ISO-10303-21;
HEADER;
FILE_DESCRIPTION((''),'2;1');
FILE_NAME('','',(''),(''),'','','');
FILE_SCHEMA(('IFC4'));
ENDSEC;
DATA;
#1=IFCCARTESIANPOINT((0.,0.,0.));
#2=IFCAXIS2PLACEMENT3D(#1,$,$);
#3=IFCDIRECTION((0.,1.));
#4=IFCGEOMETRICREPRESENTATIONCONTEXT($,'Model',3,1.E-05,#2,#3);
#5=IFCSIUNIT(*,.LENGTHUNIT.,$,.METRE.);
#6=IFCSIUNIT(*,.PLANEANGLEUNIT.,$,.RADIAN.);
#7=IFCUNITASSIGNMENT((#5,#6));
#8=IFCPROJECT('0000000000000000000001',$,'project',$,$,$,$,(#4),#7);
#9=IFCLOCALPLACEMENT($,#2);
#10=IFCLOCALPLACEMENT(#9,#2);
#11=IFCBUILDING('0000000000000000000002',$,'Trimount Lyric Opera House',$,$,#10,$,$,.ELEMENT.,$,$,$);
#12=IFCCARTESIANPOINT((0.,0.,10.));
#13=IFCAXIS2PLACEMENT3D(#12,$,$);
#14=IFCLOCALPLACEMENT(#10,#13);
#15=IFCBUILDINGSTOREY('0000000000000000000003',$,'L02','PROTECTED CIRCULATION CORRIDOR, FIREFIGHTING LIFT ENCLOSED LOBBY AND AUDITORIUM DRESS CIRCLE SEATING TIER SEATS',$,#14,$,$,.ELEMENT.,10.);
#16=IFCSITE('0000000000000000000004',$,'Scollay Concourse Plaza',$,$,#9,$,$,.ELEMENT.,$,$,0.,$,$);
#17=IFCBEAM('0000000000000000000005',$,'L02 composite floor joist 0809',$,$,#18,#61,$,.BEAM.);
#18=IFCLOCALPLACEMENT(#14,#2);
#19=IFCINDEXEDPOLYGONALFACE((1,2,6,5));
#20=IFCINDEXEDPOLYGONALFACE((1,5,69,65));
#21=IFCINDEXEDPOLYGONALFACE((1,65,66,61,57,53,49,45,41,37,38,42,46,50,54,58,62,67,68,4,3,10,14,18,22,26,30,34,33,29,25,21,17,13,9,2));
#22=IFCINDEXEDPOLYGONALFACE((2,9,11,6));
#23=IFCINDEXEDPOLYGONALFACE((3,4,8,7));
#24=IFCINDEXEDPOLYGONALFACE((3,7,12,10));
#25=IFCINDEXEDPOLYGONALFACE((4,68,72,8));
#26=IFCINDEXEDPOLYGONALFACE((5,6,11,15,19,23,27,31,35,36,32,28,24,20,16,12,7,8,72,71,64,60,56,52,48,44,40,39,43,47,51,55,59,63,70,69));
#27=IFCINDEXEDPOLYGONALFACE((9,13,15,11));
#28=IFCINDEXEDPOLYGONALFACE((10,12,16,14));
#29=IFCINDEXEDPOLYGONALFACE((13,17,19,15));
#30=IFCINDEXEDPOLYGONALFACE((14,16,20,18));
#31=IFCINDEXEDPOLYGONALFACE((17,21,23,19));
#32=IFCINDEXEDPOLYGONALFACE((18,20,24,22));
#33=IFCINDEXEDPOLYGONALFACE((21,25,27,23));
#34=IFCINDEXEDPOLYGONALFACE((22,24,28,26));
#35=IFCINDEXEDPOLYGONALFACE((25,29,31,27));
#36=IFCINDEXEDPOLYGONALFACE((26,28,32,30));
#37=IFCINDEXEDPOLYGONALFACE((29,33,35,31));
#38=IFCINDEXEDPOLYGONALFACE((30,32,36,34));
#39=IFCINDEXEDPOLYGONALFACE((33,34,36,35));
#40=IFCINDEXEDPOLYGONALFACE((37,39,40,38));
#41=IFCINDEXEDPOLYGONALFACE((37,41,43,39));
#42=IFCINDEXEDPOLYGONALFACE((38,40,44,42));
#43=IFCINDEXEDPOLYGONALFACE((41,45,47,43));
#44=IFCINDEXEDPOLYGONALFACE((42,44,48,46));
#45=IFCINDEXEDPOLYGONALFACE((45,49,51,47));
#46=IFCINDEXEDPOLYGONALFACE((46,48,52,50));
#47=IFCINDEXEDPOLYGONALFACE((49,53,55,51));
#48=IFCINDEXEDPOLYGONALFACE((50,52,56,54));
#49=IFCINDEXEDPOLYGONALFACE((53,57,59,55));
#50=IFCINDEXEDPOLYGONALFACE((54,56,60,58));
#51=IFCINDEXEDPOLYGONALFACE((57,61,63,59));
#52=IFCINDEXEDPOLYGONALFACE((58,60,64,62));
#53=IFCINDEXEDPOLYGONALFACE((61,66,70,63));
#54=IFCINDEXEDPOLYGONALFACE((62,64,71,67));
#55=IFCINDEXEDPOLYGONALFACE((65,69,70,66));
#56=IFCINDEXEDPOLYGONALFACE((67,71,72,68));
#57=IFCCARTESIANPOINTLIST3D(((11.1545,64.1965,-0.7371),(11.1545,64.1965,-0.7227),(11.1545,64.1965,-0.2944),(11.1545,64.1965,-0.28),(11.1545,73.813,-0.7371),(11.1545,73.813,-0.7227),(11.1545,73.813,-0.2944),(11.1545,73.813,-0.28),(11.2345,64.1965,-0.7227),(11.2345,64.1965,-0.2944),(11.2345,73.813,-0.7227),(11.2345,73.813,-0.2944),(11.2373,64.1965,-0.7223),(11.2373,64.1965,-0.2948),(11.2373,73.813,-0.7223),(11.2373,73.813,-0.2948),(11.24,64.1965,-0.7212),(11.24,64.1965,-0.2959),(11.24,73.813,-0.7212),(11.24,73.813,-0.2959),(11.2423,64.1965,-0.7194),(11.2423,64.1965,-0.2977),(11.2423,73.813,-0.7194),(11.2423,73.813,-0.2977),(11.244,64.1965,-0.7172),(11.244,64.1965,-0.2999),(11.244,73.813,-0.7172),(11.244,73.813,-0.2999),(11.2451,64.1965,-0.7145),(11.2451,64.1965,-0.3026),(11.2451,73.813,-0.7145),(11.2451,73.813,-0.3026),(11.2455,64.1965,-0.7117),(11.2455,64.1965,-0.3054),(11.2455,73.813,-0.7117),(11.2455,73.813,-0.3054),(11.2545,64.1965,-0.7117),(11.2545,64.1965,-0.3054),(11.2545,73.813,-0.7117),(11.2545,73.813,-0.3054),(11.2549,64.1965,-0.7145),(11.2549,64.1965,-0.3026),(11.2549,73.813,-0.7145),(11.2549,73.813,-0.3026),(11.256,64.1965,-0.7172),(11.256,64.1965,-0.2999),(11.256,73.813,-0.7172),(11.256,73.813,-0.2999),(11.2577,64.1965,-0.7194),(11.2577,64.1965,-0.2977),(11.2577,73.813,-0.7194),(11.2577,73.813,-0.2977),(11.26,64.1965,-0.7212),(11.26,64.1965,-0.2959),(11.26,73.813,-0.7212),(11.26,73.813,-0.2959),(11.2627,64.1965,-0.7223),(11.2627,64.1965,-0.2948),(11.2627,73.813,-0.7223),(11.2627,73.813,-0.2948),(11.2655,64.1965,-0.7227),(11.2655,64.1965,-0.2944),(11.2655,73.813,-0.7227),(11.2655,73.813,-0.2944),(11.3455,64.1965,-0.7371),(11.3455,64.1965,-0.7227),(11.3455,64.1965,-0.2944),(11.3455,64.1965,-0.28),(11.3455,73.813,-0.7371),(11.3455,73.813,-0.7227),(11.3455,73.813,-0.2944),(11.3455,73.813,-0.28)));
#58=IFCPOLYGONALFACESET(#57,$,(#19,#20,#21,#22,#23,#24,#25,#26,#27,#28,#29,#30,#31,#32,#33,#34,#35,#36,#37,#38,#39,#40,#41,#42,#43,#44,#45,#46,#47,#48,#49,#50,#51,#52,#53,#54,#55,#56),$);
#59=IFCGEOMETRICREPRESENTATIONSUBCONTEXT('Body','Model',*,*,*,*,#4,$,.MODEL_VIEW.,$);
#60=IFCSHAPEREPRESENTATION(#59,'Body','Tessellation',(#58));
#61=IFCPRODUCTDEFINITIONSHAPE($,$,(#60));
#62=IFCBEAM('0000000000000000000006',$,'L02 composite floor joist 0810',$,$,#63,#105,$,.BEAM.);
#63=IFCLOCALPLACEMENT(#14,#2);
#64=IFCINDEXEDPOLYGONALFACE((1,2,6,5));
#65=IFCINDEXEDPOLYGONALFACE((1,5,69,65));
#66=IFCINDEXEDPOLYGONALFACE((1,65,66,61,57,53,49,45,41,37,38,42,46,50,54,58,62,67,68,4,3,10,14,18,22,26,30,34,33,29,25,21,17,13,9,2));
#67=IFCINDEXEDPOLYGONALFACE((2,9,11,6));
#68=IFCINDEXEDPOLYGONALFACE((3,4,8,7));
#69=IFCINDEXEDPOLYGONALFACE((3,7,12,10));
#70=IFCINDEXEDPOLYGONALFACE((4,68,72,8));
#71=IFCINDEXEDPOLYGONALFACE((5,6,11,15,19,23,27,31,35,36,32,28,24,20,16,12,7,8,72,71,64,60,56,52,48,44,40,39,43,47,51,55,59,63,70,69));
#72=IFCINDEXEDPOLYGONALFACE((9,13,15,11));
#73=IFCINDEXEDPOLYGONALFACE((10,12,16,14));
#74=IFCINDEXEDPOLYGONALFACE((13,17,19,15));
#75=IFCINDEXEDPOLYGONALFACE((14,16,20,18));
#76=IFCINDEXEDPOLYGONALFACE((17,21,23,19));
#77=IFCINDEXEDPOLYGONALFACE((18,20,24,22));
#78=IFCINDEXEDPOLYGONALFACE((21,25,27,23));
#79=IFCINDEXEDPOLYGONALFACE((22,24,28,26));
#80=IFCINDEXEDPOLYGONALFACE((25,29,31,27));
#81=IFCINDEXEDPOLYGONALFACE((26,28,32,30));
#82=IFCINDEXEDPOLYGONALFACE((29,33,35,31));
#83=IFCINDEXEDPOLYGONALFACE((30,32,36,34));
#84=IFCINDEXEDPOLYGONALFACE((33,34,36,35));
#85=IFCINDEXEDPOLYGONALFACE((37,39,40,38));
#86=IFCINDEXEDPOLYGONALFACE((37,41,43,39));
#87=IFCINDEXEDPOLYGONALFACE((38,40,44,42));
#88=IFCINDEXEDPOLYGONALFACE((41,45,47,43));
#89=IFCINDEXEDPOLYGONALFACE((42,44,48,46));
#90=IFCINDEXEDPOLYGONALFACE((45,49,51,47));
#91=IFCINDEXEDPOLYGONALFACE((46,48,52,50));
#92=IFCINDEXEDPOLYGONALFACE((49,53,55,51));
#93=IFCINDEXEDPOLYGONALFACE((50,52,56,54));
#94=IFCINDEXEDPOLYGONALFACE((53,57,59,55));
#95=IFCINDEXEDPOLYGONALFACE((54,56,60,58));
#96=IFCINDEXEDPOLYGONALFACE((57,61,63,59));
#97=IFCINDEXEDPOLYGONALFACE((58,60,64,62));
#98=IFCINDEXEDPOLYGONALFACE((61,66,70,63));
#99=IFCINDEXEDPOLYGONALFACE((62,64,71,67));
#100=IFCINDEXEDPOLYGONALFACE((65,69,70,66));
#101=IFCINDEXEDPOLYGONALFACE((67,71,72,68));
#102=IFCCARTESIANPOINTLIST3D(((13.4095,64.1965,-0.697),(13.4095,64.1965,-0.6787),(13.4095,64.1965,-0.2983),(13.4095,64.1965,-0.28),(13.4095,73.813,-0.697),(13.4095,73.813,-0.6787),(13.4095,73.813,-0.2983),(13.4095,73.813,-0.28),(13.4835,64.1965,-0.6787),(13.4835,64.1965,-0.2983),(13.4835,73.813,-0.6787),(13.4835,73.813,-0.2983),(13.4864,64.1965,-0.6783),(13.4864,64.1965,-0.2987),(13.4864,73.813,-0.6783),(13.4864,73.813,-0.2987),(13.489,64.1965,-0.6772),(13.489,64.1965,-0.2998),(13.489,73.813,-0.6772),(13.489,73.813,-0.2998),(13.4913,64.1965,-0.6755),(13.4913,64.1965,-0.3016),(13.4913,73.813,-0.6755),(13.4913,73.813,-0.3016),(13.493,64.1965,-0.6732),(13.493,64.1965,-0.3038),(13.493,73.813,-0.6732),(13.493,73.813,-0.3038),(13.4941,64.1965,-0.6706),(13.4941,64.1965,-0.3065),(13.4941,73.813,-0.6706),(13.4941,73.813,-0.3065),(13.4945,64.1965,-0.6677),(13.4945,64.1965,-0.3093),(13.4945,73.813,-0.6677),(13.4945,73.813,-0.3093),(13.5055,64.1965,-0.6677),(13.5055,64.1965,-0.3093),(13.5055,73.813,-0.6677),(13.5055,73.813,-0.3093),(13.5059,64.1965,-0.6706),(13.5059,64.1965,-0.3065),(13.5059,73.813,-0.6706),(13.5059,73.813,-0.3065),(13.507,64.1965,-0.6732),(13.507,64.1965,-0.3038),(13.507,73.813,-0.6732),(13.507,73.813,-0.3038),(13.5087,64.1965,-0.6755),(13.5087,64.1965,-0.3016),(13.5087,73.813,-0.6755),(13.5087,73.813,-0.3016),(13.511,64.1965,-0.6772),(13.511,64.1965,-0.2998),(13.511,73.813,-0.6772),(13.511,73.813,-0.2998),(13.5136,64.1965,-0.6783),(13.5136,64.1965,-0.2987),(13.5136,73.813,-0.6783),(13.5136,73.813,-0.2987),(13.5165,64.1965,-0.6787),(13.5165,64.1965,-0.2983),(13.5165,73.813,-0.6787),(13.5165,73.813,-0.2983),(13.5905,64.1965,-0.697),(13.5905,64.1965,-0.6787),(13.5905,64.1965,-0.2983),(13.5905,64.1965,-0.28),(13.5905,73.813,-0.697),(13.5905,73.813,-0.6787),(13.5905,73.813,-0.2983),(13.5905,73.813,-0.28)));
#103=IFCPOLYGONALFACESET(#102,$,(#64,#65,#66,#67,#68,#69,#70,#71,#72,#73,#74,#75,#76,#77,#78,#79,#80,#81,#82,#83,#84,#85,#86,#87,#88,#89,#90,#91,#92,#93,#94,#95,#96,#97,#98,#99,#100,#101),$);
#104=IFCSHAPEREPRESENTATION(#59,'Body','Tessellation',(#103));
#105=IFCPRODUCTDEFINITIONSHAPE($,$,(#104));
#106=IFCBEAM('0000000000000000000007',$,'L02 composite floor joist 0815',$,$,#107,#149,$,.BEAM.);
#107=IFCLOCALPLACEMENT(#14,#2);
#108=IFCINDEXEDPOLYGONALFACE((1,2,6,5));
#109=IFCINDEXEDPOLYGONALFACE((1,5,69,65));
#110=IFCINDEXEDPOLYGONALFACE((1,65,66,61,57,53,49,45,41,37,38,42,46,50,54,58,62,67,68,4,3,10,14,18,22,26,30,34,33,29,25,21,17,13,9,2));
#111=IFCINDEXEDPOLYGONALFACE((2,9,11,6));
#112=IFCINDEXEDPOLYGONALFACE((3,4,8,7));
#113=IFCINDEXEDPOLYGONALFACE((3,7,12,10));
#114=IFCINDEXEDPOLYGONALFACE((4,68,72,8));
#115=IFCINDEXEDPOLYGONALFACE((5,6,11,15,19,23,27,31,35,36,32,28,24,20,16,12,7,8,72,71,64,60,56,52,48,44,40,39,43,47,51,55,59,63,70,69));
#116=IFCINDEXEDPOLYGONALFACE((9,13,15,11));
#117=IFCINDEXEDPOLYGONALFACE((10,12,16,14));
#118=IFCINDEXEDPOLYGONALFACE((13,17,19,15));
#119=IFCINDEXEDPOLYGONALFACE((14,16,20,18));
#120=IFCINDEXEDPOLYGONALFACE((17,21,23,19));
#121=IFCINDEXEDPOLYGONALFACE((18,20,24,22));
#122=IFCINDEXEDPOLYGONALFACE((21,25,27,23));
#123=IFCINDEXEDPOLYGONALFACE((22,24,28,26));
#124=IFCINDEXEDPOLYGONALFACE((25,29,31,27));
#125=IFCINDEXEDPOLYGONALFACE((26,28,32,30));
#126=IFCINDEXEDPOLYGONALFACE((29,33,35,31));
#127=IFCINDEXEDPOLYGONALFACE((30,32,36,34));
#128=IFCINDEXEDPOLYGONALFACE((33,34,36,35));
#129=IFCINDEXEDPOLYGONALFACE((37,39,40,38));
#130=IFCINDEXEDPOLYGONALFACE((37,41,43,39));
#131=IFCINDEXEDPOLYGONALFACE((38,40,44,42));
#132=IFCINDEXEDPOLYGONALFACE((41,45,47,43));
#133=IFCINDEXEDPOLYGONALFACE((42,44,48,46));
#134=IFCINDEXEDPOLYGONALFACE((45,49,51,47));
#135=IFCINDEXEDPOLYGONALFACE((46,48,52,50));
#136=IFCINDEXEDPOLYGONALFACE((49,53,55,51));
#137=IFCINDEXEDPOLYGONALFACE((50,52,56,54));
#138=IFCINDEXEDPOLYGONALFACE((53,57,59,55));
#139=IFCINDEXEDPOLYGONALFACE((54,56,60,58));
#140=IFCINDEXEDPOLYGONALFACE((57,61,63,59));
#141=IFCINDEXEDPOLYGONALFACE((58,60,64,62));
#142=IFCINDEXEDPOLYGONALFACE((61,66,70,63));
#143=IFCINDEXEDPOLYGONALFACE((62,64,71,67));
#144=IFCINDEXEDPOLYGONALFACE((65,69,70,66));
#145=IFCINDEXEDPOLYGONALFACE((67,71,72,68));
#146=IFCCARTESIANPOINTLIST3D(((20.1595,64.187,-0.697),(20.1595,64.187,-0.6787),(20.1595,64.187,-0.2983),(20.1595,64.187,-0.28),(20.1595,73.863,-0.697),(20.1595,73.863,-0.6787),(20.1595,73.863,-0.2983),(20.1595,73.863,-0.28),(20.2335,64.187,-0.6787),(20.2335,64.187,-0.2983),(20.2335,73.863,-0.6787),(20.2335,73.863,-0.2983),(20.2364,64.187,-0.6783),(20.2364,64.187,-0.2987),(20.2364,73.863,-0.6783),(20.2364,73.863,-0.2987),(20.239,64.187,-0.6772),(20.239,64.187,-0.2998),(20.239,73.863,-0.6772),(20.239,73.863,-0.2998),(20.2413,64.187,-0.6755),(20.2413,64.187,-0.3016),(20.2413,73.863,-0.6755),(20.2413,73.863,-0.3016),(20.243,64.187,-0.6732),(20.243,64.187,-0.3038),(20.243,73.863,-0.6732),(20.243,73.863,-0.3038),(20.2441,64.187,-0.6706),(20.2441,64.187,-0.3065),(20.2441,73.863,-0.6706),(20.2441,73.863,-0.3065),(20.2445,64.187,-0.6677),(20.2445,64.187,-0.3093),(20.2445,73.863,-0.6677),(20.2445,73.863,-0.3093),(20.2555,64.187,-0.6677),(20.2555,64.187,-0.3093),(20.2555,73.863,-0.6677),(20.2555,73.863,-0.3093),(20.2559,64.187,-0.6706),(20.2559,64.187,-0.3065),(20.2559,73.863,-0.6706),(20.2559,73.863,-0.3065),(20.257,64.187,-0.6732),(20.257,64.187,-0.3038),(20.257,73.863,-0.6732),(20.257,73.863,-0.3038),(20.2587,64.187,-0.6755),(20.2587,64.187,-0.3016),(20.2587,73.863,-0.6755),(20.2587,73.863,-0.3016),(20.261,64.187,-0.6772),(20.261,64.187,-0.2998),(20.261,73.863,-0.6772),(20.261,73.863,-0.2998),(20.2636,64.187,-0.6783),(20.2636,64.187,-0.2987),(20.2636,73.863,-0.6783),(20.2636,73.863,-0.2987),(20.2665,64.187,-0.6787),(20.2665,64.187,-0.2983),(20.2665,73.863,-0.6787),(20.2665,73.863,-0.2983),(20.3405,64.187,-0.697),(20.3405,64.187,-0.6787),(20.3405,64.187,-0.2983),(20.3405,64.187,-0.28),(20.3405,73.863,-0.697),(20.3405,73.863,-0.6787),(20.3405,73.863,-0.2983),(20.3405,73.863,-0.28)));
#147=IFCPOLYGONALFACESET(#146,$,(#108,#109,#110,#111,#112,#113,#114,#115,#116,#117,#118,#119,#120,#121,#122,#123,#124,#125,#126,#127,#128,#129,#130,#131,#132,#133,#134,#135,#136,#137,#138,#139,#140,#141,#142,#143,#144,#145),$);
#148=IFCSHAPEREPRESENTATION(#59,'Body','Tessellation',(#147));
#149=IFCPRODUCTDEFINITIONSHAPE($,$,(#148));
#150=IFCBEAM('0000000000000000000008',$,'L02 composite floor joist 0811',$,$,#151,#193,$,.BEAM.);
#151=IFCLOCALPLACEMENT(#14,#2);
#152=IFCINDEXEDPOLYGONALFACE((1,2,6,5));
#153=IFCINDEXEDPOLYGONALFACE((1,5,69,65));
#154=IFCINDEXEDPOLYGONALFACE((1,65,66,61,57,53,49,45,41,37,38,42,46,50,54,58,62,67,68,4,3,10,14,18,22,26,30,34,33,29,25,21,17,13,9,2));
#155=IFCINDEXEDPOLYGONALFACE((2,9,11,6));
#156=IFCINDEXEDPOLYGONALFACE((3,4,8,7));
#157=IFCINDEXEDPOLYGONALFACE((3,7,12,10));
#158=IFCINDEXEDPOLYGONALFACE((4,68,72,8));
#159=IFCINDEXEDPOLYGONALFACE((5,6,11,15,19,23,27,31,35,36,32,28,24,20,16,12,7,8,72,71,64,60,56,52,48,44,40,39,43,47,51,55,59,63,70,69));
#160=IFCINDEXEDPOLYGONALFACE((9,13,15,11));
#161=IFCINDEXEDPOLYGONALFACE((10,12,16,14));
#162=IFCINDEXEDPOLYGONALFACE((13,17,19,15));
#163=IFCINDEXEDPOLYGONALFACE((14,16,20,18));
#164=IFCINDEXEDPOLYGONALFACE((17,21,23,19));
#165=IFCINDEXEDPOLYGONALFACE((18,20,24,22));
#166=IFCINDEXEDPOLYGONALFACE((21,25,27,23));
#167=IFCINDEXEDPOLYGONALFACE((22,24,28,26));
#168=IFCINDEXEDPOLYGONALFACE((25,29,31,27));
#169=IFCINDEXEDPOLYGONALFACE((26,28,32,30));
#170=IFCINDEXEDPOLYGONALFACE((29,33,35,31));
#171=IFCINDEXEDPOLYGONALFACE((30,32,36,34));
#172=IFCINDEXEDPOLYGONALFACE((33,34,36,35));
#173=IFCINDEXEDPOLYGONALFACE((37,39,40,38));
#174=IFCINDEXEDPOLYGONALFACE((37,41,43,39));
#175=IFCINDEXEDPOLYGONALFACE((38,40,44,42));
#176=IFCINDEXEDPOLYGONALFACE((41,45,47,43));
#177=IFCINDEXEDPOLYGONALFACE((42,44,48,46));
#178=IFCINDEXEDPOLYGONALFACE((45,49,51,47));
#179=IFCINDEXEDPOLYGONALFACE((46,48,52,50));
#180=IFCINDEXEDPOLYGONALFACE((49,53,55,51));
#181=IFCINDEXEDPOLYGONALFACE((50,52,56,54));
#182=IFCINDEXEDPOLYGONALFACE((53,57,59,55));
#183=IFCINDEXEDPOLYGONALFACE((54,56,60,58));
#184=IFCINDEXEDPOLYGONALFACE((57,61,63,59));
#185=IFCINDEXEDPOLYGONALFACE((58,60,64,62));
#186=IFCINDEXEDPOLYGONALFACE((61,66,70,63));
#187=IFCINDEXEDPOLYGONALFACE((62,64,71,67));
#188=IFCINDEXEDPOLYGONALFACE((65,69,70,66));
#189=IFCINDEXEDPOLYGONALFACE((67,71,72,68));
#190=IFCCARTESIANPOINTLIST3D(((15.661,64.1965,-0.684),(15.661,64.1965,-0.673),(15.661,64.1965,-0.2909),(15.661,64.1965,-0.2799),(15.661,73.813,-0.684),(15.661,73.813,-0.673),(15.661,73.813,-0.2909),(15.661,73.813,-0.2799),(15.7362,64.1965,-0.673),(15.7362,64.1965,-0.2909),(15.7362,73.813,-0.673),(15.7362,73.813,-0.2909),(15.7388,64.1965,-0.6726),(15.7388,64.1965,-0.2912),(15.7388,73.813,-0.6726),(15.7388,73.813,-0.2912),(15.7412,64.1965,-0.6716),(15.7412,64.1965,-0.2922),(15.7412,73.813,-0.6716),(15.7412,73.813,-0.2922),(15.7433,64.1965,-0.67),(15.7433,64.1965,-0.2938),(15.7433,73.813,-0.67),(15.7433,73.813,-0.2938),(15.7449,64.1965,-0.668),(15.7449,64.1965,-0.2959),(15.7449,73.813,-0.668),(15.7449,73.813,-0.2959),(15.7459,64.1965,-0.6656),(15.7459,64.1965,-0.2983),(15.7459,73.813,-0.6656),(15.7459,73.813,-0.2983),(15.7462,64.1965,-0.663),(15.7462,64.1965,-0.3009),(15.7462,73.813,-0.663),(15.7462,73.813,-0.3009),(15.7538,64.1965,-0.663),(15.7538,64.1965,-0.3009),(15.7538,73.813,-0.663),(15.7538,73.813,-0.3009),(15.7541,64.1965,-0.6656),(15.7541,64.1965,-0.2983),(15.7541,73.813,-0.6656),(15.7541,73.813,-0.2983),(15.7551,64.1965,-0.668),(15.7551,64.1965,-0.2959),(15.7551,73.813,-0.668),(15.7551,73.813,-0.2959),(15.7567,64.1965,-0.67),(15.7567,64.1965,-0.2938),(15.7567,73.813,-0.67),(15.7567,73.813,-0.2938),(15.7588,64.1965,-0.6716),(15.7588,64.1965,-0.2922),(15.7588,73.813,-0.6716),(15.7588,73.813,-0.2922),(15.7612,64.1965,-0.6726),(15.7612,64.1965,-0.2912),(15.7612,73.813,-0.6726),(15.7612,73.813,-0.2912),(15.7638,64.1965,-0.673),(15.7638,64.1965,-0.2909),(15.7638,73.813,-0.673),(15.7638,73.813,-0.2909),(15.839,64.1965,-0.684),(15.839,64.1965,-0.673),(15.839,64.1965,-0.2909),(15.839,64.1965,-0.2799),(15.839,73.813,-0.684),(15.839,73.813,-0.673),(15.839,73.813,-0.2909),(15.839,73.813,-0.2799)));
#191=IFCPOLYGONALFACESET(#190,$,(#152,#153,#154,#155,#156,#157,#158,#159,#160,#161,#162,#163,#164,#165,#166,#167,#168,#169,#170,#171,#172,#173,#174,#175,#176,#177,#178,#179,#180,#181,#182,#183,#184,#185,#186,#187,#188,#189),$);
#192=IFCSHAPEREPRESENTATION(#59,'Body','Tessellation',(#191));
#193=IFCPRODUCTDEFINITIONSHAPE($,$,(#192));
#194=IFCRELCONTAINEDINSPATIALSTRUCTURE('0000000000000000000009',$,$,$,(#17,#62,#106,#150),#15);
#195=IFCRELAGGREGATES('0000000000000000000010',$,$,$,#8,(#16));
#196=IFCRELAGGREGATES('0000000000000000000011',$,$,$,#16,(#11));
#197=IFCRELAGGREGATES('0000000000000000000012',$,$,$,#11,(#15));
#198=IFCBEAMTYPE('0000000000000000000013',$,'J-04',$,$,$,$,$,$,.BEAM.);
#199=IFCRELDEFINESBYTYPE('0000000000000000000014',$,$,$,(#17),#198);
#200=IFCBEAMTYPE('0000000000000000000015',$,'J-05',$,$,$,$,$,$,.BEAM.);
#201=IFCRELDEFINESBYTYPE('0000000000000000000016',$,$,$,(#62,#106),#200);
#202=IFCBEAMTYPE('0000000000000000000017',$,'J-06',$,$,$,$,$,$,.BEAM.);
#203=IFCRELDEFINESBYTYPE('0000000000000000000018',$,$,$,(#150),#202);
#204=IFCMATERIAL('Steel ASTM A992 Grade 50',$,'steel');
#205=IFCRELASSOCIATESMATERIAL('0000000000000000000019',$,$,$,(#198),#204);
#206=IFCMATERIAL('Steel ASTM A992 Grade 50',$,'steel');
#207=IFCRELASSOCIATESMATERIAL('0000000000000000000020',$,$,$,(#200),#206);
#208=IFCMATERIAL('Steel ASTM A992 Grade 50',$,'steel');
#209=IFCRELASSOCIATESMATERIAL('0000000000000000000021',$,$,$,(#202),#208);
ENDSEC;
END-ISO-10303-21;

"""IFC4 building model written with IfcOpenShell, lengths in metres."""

from ifc_helpers import new_model, si_unit, direction, frame, origin, origin_2d, place, context, subcontext, project, spatial, i_section, extrude, material, material_profile, profile_set, type_object, element, save


model = new_model("IFC4")

# Units and contexts
model_context = context("Model", 3, precision=1e-05, world=origin(), true_north=direction((0.0, 1.0)))
body_context = subcontext(model_context, "Body", "Model", "MODEL_VIEW")
ifc_project = project(units=[si_unit("LENGTHUNIT", "METRE"), si_unit("PLANEANGLEUNIT", "RADIAN")], contexts=[model_context])

# Site, building, storey
site_placement = place(None, origin())
site = spatial("IfcSite", under=ifc_project, at=site_placement, Name="Scollay Concourse Plaza", CompositionType="ELEMENT", RefElevation=0.0)
building_placement = place(site_placement, origin())
building = spatial("IfcBuilding", under=site, at=building_placement, Name="Trimount Lyric Opera House", CompositionType="ELEMENT")
storey_placement = place(building_placement, frame((0.0, 0.0, 10.0)))
storey = spatial("IfcBuildingStorey", under=building, at=storey_placement, Name="L02", Description="PROTECTED CIRCULATION CORRIDOR, FIREFIGHTING LIFT ENCLOSED LOBBY AND AUDITORIUM DRESS CIRCLE SEATING TIER SEATS", CompositionType="ELEMENT", Elevation=10.0)

# Beams
ifc_material_1 = material(Name="Steel ASTM A992 Grade 50", Category="steel")
ifc_material_profile_1 = material_profile(ifc_material_1, i_section(OverallWidth=0.1909, OverallDepth=0.457, WebThickness=0.009, FlangeThickness=0.0144, FilletRadius=0.011, at=origin_2d()), Name="W18X50")
ifc_profile_set_1 = profile_set([ifc_material_profile_1], Name="Steel ASTM A992 Grade 50")
beam_type_1 = type_object("IfcBeamType", Name="J-04", PredefinedType="BEAM", material=ifc_profile_set_1)
beam_1_placement = place(storey_placement, frame((11.25, 64.1965, -0.5085), z_axis=(0.0, 1.0, 0.0), x_axis=(-1.0, 0.0, 0.0)))
element("IfcBeam", 1, at=beam_1_placement, inside=storey, type_object=beam_type_1, Name="L02 composite floor joist 0809", PredefinedType="BEAM", context=body_context, shape_type="SweptSolid", body=[
    extrude(i_section(OverallWidth=0.1909, OverallDepth=0.457, WebThickness=0.009, FlangeThickness=0.0144, FilletRadius=0.011, at=origin_2d()), origin(), (0.0, 0.0, 1.0), 9.6165),
])
ifc_material_2 = material(Name="Steel ASTM A992 Grade 50", Category="steel")
ifc_material_profile_2 = material_profile(ifc_material_2, i_section(OverallWidth=0.1809, OverallDepth=0.417, WebThickness=0.011, FlangeThickness=0.0183, FilletRadius=0.011, at=origin_2d()), Name="W16X57")
ifc_profile_set_2 = profile_set([ifc_material_profile_2], Name="Steel ASTM A992 Grade 50")
beam_type_2 = type_object("IfcBeamType", Name="J-05", PredefinedType="BEAM", material=ifc_profile_set_2)
beam_2_placement = place(storey_placement, frame((13.5, 64.1965, -0.4885), z_axis=(0.0, 1.0, 0.0), x_axis=(-1.0, 0.0, 0.0)))
element("IfcBeam", 2, at=beam_2_placement, inside=storey, type_object=beam_type_2, Name="L02 composite floor joist 0810", PredefinedType="BEAM", context=body_context, shape_type="SweptSolid", body=[
    extrude(i_section(OverallWidth=0.1809, OverallDepth=0.417, WebThickness=0.011, FlangeThickness=0.0183, FilletRadius=0.011, at=origin_2d()), origin(), (0.0, 0.0, 1.0), 9.6165),
])
beam_3_placement = place(storey_placement, frame((20.25, 64.187, -0.4885), z_axis=(0.0, 1.0, 0.0), x_axis=(-1.0, 0.0, 0.0)))
element("IfcBeam", 3, at=beam_3_placement, inside=storey, type_object=beam_type_2, Name="L02 composite floor joist 0815", PredefinedType="BEAM", context=body_context, shape_type="SweptSolid", body=[
    extrude(i_section(OverallWidth=0.1809, OverallDepth=0.417, WebThickness=0.011, FlangeThickness=0.0183, FilletRadius=0.011, at=origin_2d()), origin(), (0.0, 0.0, 1.0), 9.676),
])
ifc_material_3 = material(Name="Steel ASTM A992 Grade 50", Category="steel")
ifc_material_profile_3 = material_profile(ifc_material_3, i_section(OverallWidth=0.178, OverallDepth=0.4041, WebThickness=0.0076, FlangeThickness=0.011, FilletRadius=0.01, at=origin_2d()), Name="W16X36")
ifc_profile_set_3 = profile_set([ifc_material_profile_3], Name="Steel ASTM A992 Grade 50")
beam_type_3 = type_object("IfcBeamType", Name="J-06", PredefinedType="BEAM", material=ifc_profile_set_3)
beam_4_placement = place(storey_placement, frame((15.75, 64.1965, -0.4819), z_axis=(0.0, 1.0, 0.0), x_axis=(-1.0, 0.0, 0.0)))
element("IfcBeam", 4, at=beam_4_placement, inside=storey, type_object=beam_type_3, Name="L02 composite floor joist 0811", PredefinedType="BEAM", context=body_context, shape_type="SweptSolid", body=[
    extrude(i_section(OverallWidth=0.178, OverallDepth=0.4041, WebThickness=0.0076, FlangeThickness=0.011, FilletRadius=0.01, at=origin_2d()), origin(), (0.0, 0.0, 1.0), 9.6165),
])

save(model, "model.ifc")
